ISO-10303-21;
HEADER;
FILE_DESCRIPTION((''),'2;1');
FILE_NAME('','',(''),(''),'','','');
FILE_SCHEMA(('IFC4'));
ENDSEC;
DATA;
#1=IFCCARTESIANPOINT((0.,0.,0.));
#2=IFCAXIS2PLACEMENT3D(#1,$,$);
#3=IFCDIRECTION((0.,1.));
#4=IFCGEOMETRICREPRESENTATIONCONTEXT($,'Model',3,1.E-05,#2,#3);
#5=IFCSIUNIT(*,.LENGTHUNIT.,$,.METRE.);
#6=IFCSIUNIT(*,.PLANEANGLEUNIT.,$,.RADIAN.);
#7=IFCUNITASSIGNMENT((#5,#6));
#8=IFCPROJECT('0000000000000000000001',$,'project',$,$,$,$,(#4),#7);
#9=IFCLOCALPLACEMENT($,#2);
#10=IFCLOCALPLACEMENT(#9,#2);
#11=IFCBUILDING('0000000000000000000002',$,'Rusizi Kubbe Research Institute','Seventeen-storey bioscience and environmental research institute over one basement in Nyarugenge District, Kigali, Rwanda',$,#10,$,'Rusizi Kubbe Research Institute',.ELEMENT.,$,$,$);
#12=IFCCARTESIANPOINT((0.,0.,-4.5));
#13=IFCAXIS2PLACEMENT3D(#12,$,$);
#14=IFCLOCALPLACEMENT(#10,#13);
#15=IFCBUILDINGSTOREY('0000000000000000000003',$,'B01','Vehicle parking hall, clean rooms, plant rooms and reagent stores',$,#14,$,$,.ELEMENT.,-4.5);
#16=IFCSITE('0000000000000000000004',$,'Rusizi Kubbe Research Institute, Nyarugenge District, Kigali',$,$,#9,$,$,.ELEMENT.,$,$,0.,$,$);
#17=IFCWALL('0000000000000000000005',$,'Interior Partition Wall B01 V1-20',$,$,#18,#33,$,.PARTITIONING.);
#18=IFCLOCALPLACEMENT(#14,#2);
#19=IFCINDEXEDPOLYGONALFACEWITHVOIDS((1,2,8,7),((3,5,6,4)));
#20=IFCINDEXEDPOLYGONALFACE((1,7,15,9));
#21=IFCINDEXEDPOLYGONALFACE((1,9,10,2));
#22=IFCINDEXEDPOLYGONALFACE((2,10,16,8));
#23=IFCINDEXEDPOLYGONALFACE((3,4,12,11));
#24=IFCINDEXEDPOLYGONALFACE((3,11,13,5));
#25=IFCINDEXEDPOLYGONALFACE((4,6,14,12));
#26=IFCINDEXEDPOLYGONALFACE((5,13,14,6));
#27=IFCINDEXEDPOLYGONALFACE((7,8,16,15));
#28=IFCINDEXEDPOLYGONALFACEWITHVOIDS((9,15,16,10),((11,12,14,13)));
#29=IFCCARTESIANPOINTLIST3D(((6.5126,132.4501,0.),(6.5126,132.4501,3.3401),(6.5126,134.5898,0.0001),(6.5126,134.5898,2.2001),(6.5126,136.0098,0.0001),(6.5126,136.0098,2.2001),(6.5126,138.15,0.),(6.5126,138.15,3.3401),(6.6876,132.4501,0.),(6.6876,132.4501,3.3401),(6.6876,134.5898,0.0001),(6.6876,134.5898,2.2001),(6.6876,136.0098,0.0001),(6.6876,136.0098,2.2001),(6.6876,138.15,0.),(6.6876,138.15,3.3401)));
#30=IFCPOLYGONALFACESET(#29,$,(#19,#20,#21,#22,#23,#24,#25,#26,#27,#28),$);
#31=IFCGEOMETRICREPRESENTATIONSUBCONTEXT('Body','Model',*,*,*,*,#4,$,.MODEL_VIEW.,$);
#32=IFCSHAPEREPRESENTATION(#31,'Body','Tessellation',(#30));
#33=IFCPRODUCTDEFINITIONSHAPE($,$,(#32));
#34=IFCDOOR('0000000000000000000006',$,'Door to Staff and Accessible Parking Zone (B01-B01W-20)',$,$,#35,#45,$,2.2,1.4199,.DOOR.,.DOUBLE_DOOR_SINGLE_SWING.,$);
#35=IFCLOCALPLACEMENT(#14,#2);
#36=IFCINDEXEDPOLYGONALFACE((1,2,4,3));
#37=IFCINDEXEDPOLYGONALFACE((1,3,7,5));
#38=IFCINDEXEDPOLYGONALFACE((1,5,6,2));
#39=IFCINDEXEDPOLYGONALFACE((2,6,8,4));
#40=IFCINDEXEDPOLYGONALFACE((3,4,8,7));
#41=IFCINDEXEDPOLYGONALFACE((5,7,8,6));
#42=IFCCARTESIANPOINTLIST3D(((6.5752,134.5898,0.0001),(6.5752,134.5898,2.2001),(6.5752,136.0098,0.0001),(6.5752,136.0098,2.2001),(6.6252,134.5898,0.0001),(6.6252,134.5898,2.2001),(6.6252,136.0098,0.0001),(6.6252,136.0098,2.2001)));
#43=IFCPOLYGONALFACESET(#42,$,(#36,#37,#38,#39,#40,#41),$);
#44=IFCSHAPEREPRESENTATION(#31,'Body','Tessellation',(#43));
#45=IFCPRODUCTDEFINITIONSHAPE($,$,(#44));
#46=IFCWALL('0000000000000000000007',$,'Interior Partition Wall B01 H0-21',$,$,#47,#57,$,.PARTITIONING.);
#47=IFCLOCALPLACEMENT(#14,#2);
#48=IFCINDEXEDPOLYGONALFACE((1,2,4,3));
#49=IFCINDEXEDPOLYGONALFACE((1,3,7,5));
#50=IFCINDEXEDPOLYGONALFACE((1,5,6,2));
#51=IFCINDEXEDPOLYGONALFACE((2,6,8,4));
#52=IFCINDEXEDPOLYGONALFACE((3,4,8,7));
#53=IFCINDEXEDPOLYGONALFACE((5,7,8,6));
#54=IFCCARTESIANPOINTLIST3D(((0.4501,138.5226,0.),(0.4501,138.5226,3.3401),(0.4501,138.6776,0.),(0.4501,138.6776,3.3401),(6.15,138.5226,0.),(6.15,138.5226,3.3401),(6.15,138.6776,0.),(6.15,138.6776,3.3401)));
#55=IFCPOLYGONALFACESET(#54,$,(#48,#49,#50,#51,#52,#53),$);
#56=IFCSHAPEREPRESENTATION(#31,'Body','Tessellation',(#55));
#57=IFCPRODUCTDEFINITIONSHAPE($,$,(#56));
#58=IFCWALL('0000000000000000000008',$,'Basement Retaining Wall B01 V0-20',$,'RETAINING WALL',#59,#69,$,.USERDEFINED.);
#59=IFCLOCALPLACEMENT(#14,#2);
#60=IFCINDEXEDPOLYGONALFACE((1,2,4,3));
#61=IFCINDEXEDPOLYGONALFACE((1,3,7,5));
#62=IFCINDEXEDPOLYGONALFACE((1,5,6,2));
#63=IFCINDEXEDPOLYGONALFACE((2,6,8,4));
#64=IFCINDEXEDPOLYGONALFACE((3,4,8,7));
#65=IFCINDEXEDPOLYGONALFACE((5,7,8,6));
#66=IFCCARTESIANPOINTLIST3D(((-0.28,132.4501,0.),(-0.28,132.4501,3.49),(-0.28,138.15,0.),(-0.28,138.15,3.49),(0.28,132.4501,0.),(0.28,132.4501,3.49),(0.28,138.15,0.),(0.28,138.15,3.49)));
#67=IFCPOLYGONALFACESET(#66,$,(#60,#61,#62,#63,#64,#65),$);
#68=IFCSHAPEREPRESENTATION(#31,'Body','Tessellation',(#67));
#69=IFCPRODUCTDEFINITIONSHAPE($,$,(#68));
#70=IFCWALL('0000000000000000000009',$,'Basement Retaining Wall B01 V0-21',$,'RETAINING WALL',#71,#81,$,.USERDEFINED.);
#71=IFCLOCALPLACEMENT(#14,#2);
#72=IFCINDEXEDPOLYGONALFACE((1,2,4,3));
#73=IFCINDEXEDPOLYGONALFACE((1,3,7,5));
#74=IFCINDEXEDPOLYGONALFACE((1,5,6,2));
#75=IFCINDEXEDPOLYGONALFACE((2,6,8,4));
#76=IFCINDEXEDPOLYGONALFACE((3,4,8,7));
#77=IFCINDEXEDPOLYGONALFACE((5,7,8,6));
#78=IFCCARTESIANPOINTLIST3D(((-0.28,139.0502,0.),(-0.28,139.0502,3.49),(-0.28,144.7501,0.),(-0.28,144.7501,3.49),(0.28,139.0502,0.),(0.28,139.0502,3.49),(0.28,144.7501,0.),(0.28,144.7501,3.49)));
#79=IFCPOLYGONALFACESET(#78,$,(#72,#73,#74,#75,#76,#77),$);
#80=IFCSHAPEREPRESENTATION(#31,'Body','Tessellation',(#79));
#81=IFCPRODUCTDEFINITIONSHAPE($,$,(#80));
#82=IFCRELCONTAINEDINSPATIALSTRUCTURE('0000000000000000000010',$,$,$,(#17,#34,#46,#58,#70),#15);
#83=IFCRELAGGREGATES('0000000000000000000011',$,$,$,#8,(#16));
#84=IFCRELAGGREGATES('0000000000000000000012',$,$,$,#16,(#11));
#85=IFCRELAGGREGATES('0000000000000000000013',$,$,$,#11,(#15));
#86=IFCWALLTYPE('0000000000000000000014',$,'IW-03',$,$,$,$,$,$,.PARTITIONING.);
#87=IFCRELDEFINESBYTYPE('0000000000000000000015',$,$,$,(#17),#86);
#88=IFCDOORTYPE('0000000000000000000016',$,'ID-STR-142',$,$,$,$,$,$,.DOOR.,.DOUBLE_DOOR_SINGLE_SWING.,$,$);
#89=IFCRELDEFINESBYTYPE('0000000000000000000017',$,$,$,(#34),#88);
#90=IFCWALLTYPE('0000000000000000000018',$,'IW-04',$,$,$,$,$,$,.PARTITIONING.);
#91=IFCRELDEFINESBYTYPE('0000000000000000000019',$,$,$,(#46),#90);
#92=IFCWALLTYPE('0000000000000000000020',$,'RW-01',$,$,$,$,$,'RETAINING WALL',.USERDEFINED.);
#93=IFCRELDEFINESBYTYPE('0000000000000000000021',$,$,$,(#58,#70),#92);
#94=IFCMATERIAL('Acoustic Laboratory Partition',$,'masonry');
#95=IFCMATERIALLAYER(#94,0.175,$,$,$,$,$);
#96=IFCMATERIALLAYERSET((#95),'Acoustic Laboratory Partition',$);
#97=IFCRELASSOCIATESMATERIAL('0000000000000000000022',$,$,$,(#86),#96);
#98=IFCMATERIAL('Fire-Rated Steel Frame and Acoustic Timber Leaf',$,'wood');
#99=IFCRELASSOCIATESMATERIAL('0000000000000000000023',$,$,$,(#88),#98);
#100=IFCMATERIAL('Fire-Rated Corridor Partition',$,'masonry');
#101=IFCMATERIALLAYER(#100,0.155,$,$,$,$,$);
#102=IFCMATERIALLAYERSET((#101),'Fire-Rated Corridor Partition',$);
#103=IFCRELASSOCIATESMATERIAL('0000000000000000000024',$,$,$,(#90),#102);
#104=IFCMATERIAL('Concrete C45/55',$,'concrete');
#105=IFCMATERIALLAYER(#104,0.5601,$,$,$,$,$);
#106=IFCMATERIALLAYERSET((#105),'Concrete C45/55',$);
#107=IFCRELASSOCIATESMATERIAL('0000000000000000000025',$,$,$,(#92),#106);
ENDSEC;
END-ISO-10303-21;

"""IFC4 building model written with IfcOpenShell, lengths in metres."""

from ifc_helpers import new_model, si_unit, direction, frame, frame_2d, origin, place, context, subcontext, project, spatial, rectangle, extrude, material, layer, layer_set, type_object, element, fill, save


model = new_model("IFC4")

# Units and contexts
model_context = context("Model", 3, precision=1e-05, world=origin(), true_north=direction((0.0, 1.0)))
body_context = subcontext(model_context, "Body", "Model", "MODEL_VIEW")
ifc_project = project(units=[si_unit("LENGTHUNIT", "METRE"), si_unit("PLANEANGLEUNIT", "RADIAN")], contexts=[model_context])

# Site, building, storey
site_placement = place(None, origin())
site = spatial("IfcSite", under=ifc_project, at=site_placement, Name="Rusizi Kubbe Research Institute, Nyarugenge District, Kigali", CompositionType="ELEMENT", RefElevation=0.0)
building_placement = place(site_placement, origin())
building = spatial("IfcBuilding", under=site, at=building_placement, Name="Rusizi Kubbe Research Institute", Description="Seventeen-storey bioscience and environmental research institute over one basement in Nyarugenge District, Kigali, Rwanda", LongName="Rusizi Kubbe Research Institute", CompositionType="ELEMENT")
storey_placement = place(building_placement, frame((0.0, 0.0, -4.5)))
storey = spatial("IfcBuildingStorey", under=building, at=storey_placement, Name="B01", Description="Vehicle parking hall, clean rooms, plant rooms and reagent stores", CompositionType="ELEMENT", Elevation=-4.5)

# Wall, opening, door
ifc_material_1 = material(Name="Acoustic Laboratory Partition", Category="masonry")
ifc_layer_1 = layer(ifc_material_1, 0.175)
ifc_layer_set_1 = layer_set([ifc_layer_1], Name="Acoustic Laboratory Partition")
wall_type_1 = type_object("IfcWallType", Name="IW-03", PredefinedType="PARTITIONING", material=ifc_layer_set_1)
wall_1_placement = place(storey_placement, frame((6.6001, 132.45, 0.0), z_axis=(0.0, 0.0, 1.0), x_axis=(0.0, 1.0, 0.0)))
wall_1 = element("IfcWall", 1, at=wall_1_placement, inside=storey, type_object=wall_type_1, Name="Interior Partition Wall B01 V1-20", PredefinedType="PARTITIONING", context=body_context, shape_type="SweptSolid", body=[
    extrude(rectangle(XDim=5.7, YDim=0.175, at=frame_2d((2.8501, 0.0))), origin(), (0.0, 0.0, 1.0), 3.3401),
])
opening_1_placement = place(wall_1_placement, frame((2.1399, 0.0, 0.0)))
opening_1 = element("IfcOpeningElement", 2, at=opening_1_placement, cuts=wall_1, PredefinedType="OPENING", context=body_context, shape_type="SweptSolid", body=[
    extrude(rectangle(XDim=1.4199, YDim=2.2, at=frame_2d((0.71, 1.1001))), frame((0.0, 0.0974, 0.0), z_axis=(0.0, -1.0, 0.0), x_axis=(1.0, 0.0, 0.0)), (0.0, 0.0, 1.0), 0.1951),
])
ifc_material_2 = material(Name="Fire-Rated Steel Frame and Acoustic Timber Leaf", Category="wood")
door_type_1 = type_object("IfcDoorType", Name="ID-STR-142", OperationType="DOUBLE_DOOR_SINGLE_SWING", PredefinedType="DOOR", material=ifc_material_2)
door_1_placement = place(opening_1_placement, origin())
door_1 = element("IfcDoor", 3, at=door_1_placement, inside=storey, type_object=door_type_1, Name="Door to Staff and Accessible Parking Zone (B01-B01W-20)", OperationType="DOUBLE_DOOR_SINGLE_SWING", OverallHeight=2.2, OverallWidth=1.4199, PredefinedType="DOOR", context=body_context, shape_type="SweptSolid", body=[
    extrude(rectangle(XDim=1.4199, YDim=2.2, at=frame_2d((0.71, 1.1001))), frame((0.0, 0.0249, 0.0), z_axis=(0.0, -1.0, 0.0), x_axis=(1.0, 0.0, 0.0)), (0.0, 0.0, 1.0), 0.05),
])
fill(opening_1, door_1)

# Wall
ifc_material_3 = material(Name="Fire-Rated Corridor Partition", Category="masonry")
ifc_layer_2 = layer(ifc_material_3, 0.155)
ifc_layer_set_2 = layer_set([ifc_layer_2], Name="Fire-Rated Corridor Partition")
wall_type_2 = type_object("IfcWallType", Name="IW-04", PredefinedType="PARTITIONING", material=ifc_layer_set_2)
wall_2_placement = place(storey_placement, frame((0.45, 138.6001, 0.0), z_axis=(0.0, 0.0, 1.0), x_axis=(1.0, 0.0, 0.0)))
element("IfcWall", 4, at=wall_2_placement, inside=storey, type_object=wall_type_2, Name="Interior Partition Wall B01 H0-21", PredefinedType="PARTITIONING", context=body_context, shape_type="SweptSolid", body=[
    extrude(rectangle(XDim=5.7, YDim=0.155, at=frame_2d((2.8501, 0.0))), origin(), (0.0, 0.0, 1.0), 3.3401),
])

# Walls
ifc_material_4 = material(Name="Concrete C45/55", Category="concrete")
ifc_layer_3 = layer(ifc_material_4, 0.5601)
ifc_layer_set_3 = layer_set([ifc_layer_3], Name="Concrete C45/55")
wall_type_3 = type_object("IfcWallType", Name="RW-01", ElementType="RETAINING WALL", PredefinedType="USERDEFINED", material=ifc_layer_set_3)
for number, where, z_axis, x_axis, name in (
    (5, (0.0, 132.45, 0.0), (0.0, 0.0, 1.0), (0.0, 1.0, 0.0), "Basement Retaining Wall B01 V0-20"),
    (6, (0.0, 139.05, 0.0), (0.0, 0.0, 1.0), (0.0, 1.0, 0.0), "Basement Retaining Wall B01 V0-21"),
):
    element("IfcWall", number, at=place(storey_placement, frame(where, z_axis=z_axis, x_axis=x_axis)), inside=storey, type_object=wall_type_3, Name=name, ObjectType="RETAINING WALL", PredefinedType="USERDEFINED", context=body_context, shape_type="SweptSolid", body=[
        extrude(rectangle(XDim=5.7, YDim=0.5601, at=frame_2d((2.8501, 0.0))), origin(), (0.0, 0.0, 1.0), 3.49),
    ])

save(model, "model.ifc")
